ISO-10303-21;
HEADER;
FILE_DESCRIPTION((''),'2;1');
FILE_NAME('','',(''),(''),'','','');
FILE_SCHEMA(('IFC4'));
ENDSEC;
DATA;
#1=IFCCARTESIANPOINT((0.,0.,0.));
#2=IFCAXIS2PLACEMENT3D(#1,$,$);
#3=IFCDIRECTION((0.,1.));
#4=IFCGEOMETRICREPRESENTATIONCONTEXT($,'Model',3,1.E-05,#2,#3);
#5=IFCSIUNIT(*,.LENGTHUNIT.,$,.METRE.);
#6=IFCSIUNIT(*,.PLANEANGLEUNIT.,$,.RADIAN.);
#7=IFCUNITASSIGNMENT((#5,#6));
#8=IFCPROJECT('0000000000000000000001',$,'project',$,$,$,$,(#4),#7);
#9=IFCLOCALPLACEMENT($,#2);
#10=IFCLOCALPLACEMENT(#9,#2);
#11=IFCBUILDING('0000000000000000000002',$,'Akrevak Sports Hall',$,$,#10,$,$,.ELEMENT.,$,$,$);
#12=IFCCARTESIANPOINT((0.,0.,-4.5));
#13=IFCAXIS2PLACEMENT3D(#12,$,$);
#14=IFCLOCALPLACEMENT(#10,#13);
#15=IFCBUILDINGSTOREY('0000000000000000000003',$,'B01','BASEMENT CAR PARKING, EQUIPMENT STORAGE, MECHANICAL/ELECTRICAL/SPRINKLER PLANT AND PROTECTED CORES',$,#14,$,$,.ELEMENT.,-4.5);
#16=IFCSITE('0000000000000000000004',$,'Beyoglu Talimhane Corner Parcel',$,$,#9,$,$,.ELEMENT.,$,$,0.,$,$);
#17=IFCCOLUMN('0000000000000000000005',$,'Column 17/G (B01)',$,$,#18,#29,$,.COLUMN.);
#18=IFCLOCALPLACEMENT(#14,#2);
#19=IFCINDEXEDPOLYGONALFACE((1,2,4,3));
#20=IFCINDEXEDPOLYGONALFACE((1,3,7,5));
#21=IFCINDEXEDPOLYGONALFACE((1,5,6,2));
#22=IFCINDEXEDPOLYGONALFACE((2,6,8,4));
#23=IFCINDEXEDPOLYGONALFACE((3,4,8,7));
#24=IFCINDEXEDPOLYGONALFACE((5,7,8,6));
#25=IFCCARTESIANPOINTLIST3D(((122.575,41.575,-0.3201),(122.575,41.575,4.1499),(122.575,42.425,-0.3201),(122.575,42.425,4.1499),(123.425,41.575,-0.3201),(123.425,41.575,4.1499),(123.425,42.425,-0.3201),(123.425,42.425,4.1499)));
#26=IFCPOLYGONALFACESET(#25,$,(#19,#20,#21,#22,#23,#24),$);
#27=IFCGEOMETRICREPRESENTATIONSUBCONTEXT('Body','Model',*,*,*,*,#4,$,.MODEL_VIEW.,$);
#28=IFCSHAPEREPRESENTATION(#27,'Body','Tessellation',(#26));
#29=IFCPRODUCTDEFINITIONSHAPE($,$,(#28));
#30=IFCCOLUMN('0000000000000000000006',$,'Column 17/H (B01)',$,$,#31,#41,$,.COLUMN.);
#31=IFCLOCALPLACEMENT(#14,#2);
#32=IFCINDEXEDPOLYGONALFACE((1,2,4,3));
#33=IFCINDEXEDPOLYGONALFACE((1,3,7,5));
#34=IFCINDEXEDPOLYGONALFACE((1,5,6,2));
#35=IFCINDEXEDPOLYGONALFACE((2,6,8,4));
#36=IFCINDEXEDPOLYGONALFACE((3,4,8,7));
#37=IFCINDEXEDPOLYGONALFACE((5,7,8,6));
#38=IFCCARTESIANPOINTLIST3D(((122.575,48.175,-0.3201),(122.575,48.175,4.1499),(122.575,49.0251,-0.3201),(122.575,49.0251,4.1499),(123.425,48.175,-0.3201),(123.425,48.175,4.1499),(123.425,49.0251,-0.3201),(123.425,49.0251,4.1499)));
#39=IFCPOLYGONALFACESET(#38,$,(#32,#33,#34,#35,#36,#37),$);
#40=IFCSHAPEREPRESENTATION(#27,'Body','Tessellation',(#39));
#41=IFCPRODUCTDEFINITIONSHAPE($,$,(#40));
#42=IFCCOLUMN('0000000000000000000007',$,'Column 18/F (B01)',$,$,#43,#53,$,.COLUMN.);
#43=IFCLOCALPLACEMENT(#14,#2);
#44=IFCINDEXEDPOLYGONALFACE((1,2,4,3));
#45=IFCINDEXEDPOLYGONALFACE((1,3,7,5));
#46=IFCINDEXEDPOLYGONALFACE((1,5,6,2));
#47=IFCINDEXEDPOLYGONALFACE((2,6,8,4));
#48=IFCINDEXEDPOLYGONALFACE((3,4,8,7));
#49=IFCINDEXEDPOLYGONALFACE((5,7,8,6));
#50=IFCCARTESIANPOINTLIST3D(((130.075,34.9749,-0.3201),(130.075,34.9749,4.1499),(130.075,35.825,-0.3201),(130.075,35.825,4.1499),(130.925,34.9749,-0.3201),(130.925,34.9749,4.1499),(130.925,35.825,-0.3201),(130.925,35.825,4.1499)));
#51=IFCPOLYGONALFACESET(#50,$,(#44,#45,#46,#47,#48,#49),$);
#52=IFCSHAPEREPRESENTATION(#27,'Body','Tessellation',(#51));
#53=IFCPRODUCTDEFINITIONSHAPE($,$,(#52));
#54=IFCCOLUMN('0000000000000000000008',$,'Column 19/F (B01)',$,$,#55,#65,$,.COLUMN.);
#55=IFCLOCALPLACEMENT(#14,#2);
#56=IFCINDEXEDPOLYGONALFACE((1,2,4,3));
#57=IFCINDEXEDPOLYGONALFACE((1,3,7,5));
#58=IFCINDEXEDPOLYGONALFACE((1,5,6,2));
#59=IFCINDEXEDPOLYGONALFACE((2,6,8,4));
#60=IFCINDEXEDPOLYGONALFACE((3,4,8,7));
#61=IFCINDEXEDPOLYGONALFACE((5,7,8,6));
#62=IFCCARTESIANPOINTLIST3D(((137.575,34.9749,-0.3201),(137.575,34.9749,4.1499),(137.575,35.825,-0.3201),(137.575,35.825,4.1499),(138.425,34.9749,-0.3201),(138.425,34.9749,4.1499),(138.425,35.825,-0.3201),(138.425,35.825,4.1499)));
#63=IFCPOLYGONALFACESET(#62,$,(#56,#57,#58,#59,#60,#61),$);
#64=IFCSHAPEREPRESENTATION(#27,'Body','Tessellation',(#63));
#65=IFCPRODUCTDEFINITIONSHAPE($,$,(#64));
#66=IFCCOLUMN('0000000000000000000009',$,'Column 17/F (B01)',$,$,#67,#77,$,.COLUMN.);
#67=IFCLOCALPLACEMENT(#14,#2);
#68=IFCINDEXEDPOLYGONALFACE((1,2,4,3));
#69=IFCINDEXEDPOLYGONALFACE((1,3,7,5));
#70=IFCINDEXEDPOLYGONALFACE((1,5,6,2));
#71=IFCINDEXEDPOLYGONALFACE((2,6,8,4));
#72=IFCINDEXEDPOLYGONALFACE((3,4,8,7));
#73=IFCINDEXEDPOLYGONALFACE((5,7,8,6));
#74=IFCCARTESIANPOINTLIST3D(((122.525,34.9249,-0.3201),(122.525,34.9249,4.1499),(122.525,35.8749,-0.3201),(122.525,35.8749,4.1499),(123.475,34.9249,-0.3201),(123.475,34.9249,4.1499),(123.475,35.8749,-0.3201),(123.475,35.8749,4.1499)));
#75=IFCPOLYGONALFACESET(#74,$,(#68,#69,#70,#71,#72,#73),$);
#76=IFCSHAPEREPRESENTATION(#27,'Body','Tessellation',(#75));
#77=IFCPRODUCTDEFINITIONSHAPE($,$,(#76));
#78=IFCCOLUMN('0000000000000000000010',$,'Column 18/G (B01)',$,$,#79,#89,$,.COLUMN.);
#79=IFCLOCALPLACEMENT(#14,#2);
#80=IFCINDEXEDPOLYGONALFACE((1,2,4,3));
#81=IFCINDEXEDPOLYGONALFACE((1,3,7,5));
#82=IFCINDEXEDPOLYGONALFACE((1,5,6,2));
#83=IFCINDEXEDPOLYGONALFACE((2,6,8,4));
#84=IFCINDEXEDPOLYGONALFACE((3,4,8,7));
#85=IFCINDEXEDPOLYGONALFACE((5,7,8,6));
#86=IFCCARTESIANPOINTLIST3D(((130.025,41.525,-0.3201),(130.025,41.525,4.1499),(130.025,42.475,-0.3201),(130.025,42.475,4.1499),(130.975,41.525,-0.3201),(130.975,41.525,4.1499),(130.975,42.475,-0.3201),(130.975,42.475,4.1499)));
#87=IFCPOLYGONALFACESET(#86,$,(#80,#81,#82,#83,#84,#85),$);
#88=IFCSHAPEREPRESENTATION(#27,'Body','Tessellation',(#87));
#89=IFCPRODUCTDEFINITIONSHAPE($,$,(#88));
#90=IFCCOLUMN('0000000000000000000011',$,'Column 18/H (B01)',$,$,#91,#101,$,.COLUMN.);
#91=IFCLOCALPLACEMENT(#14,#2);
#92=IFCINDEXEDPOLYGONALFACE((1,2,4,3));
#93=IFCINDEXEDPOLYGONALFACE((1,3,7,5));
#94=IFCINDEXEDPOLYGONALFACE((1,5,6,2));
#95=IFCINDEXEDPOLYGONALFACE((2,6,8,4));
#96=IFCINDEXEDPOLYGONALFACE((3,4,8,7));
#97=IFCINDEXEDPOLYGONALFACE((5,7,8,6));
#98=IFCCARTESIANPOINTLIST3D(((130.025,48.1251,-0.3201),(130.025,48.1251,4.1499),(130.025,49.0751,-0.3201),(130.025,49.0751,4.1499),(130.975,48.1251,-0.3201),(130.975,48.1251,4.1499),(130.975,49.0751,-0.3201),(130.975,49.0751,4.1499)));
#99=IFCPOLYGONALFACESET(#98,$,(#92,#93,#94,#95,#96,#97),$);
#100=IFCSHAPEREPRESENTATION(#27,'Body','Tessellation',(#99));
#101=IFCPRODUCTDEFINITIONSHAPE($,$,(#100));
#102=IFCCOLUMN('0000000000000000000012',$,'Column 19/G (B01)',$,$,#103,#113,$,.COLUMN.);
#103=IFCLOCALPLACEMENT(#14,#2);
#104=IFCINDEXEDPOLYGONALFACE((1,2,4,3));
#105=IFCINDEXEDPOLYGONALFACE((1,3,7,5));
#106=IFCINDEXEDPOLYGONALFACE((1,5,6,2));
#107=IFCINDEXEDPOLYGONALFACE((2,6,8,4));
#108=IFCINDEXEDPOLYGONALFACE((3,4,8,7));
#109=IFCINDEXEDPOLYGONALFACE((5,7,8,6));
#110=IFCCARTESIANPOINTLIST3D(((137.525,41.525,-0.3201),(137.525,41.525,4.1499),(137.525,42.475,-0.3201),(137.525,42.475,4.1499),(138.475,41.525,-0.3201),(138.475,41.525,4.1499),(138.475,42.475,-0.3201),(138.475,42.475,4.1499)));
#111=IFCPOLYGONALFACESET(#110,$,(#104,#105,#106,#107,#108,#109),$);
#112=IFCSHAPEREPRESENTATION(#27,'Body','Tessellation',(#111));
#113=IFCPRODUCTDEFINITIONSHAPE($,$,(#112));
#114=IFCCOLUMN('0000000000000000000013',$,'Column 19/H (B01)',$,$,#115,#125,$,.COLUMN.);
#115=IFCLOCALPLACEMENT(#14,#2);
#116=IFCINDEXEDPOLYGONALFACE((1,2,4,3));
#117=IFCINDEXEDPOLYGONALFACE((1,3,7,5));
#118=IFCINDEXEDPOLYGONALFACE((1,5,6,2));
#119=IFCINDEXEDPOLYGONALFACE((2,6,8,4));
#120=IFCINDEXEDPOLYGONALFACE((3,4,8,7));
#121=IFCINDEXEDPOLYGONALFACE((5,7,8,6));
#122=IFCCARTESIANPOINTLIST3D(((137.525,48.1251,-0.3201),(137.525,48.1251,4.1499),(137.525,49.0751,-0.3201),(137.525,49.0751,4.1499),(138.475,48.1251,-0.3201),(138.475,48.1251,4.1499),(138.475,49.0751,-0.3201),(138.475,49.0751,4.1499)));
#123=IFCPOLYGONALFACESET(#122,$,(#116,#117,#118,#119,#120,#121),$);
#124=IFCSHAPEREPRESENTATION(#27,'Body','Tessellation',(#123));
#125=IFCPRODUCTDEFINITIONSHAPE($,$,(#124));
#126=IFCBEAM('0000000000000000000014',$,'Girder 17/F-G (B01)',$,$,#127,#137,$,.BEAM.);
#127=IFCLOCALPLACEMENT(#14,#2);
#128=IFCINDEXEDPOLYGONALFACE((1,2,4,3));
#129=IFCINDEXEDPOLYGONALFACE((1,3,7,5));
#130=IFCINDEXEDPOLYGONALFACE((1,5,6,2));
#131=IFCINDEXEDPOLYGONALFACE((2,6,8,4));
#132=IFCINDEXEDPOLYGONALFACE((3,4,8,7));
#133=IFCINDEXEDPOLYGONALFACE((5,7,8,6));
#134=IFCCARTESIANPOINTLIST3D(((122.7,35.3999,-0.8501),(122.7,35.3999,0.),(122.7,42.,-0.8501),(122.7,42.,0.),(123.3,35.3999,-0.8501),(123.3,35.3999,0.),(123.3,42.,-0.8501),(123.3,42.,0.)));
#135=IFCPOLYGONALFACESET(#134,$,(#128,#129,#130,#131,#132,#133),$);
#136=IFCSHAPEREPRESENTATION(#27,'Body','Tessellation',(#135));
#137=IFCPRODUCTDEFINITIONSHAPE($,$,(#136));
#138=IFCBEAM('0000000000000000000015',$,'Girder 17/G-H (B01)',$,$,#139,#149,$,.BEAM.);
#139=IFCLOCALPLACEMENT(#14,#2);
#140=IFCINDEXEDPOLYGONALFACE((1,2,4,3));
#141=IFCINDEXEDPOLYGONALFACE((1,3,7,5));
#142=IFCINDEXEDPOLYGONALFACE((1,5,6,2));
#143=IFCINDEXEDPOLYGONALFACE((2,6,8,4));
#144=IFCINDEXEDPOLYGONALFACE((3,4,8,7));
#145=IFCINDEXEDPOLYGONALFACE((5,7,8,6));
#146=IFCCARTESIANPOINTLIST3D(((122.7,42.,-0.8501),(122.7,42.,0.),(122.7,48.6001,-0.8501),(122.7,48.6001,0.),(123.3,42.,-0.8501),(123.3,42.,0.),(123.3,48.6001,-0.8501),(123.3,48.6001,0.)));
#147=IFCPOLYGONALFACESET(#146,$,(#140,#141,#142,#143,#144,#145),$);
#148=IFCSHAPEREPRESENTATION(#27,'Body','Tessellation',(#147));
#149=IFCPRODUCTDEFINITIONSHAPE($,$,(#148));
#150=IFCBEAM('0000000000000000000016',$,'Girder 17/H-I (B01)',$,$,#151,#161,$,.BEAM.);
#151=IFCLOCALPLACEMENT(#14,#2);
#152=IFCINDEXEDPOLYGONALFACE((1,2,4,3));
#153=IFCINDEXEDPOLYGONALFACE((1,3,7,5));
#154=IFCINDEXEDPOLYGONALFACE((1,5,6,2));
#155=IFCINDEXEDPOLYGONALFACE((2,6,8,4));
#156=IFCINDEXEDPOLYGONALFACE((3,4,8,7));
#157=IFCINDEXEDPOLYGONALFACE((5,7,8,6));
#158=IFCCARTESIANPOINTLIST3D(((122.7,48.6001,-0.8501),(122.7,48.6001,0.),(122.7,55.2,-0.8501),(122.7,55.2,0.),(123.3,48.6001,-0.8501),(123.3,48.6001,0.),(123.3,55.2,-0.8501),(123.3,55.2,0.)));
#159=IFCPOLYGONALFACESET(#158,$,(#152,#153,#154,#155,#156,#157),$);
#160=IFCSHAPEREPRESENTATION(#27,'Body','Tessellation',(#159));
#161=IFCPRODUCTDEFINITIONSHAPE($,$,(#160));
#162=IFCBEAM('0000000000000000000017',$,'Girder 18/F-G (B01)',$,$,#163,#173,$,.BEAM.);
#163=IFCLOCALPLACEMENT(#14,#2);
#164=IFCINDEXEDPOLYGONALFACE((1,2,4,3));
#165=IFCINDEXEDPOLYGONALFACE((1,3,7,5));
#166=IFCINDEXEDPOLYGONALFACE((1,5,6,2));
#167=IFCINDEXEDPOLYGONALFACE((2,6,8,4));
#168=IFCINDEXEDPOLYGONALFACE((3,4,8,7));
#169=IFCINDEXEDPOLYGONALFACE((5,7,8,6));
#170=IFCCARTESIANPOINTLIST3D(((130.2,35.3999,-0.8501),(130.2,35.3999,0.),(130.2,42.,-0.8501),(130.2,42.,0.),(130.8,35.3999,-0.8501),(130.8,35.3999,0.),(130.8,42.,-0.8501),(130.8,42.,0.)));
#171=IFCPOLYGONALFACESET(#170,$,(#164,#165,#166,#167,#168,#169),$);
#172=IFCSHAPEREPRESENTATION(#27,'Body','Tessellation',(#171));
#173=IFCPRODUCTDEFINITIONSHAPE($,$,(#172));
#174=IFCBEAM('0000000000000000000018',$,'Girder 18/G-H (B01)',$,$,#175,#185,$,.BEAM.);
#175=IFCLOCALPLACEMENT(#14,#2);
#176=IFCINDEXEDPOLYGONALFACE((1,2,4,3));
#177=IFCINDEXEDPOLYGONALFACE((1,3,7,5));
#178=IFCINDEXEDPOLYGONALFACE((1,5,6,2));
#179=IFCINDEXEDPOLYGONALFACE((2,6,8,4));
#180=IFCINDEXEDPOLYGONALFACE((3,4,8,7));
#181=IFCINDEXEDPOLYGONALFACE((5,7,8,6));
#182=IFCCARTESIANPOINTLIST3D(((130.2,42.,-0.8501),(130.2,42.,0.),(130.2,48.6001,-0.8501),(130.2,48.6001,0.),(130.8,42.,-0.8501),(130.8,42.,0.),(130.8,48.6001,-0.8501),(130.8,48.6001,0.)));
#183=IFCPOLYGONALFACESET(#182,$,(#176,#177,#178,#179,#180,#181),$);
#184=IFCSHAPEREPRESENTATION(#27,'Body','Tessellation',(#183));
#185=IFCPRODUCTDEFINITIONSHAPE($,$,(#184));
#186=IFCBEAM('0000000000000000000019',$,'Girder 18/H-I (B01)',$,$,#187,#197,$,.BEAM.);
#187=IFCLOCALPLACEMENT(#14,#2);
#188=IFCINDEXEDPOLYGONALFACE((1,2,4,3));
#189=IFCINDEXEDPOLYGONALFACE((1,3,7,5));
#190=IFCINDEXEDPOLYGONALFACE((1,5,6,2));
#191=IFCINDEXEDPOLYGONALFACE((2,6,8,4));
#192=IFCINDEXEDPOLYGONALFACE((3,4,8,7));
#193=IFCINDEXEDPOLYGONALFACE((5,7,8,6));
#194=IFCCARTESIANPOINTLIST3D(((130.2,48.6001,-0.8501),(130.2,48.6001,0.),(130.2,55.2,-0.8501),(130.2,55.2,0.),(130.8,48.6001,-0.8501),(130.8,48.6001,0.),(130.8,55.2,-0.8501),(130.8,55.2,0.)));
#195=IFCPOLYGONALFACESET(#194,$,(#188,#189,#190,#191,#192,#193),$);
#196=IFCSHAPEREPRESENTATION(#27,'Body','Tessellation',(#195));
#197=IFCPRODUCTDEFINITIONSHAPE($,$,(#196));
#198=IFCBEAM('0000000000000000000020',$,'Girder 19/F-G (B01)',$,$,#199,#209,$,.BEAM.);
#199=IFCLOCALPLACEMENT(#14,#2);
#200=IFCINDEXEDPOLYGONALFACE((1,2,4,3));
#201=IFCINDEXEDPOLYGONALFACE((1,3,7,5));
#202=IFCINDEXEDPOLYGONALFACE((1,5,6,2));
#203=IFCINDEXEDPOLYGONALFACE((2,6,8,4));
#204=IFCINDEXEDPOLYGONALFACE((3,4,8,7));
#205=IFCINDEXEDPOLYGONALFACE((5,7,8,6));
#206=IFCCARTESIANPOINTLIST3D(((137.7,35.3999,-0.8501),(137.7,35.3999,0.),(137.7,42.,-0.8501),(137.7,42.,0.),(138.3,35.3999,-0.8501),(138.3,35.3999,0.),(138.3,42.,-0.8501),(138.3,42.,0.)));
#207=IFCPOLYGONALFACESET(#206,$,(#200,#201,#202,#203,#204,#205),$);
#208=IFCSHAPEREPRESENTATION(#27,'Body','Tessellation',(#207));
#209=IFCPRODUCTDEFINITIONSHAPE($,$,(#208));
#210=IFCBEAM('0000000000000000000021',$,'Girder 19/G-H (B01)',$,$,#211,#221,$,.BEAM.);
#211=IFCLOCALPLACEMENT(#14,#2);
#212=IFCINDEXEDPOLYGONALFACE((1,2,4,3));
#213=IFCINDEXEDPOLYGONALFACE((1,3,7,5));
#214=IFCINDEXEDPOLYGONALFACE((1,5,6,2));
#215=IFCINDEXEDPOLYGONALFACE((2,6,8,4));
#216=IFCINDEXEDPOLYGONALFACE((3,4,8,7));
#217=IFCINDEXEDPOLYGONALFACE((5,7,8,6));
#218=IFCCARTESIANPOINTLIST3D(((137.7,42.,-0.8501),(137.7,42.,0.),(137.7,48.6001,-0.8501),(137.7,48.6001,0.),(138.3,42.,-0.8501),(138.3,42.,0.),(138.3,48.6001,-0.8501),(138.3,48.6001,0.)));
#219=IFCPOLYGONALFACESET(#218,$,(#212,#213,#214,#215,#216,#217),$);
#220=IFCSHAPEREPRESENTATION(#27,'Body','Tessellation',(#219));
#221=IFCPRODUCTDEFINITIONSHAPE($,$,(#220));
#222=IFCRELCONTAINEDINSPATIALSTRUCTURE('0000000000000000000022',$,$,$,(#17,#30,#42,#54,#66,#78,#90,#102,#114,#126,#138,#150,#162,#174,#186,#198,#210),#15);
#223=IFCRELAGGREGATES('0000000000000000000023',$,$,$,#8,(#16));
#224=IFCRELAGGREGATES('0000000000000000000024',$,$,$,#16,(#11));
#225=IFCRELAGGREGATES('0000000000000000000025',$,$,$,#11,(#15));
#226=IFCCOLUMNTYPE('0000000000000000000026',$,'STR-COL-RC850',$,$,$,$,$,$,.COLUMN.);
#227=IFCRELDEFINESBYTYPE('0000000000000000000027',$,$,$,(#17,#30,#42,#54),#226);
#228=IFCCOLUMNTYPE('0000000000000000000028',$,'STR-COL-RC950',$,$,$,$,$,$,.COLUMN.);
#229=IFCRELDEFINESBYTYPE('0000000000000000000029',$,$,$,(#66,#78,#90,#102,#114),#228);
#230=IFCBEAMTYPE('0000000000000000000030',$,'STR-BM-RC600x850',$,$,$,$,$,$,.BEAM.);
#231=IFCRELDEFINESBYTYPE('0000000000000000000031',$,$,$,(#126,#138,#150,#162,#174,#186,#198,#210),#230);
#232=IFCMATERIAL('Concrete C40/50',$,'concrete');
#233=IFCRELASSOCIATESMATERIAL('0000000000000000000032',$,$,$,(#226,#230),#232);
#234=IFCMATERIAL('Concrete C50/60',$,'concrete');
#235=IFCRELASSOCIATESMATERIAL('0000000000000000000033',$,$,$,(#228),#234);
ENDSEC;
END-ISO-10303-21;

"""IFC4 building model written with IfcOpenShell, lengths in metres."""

from ifc_helpers import new_model, si_unit, direction, frame, origin, origin_2d, place, context, subcontext, project, spatial, rectangle, extrude, material, material_profile, profile_set, type_object, element, save


model = new_model("IFC4")

# Units and contexts
model_context = context("Model", 3, precision=1e-05, world=origin(), true_north=direction((0.0, 1.0)))
body_context = subcontext(model_context, "Body", "Model", "MODEL_VIEW")
ifc_project = project(units=[si_unit("LENGTHUNIT", "METRE"), si_unit("PLANEANGLEUNIT", "RADIAN")], contexts=[model_context])

# Site, building, storey
site_placement = place(None, origin())
site = spatial("IfcSite", under=ifc_project, at=site_placement, Name="Beyoglu Talimhane Corner Parcel", CompositionType="ELEMENT", RefElevation=0.0)
building_placement = place(site_placement, origin())
building = spatial("IfcBuilding", under=site, at=building_placement, Name="Akrevak Sports Hall", CompositionType="ELEMENT")
storey_placement = place(building_placement, frame((0.0, 0.0, -4.5)))
storey = spatial("IfcBuildingStorey", under=building, at=storey_placement, Name="B01", Description="BASEMENT CAR PARKING, EQUIPMENT STORAGE, MECHANICAL/ELECTRICAL/SPRINKLER PLANT AND PROTECTED CORES", CompositionType="ELEMENT", Elevation=-4.5)

# Columns
ifc_material_1 = material(Name="Concrete C40/50", Category="concrete")
ifc_material_profile_1 = material_profile(ifc_material_1, rectangle(XDim=0.8501, YDim=0.8501, at=origin_2d()), Name="RC 850x850", Category="concrete")
ifc_profile_set_1 = profile_set([ifc_material_profile_1], Name="Concrete C40/50")
column_type_1 = type_object("IfcColumnType", Name="STR-COL-RC850", PredefinedType="COLUMN", material=ifc_profile_set_1)
for number, where, z_axis, x_axis, name in (
    (1, (123.0, 42.0, -0.3201), (0.0, 0.0, 1.0), (1.0, 0.0, 0.0), "Column 17/G (B01)"),
    (2, (123.0, 48.6001, -0.3201), (0.0, 0.0, 1.0), (1.0, 0.0, 0.0), "Column 17/H (B01)"),
    (3, (130.5, 35.3999, -0.3201), (0.0, 0.0, 1.0), (1.0, 0.0, 0.0), "Column 18/F (B01)"),
    (4, (138.0, 35.3999, -0.3201), (0.0, 0.0, 1.0), (1.0, 0.0, 0.0), "Column 19/F (B01)"),
):
    element("IfcColumn", number, at=place(storey_placement, frame(where, z_axis=z_axis, x_axis=x_axis)), inside=storey, type_object=column_type_1, Name=name, PredefinedType="COLUMN", context=body_context, shape_type="SweptSolid", body=[
        extrude(rectangle(XDim=0.8501, YDim=0.8501, at=origin_2d()), origin(), (0.0, 0.0, 1.0), 4.47),
    ])
ifc_material_2 = material(Name="Concrete C50/60", Category="concrete")
ifc_material_profile_2 = material_profile(ifc_material_2, rectangle(XDim=0.95, YDim=0.95, at=origin_2d()), Name="RC 950x950", Category="concrete")
ifc_profile_set_2 = profile_set([ifc_material_profile_2], Name="Concrete C50/60")
column_type_2 = type_object("IfcColumnType", Name="STR-COL-RC950", PredefinedType="COLUMN", material=ifc_profile_set_2)
for number, where, z_axis, x_axis, name in (
    (5, (123.0, 35.3999, -0.3201), (0.0, 0.0, 1.0), (1.0, 0.0, 0.0), "Column 17/F (B01)"),
    (6, (130.5, 42.0, -0.3201), (0.0, 0.0, 1.0), (1.0, 0.0, 0.0), "Column 18/G (B01)"),
    (7, (130.5, 48.6001, -0.3201), (0.0, 0.0, 1.0), (1.0, 0.0, 0.0), "Column 18/H (B01)"),
    (8, (138.0, 42.0, -0.3201), (0.0, 0.0, 1.0), (1.0, 0.0, 0.0), "Column 19/G (B01)"),
    (9, (138.0, 48.6001, -0.3201), (0.0, 0.0, 1.0), (1.0, 0.0, 0.0), "Column 19/H (B01)"),
):
    element("IfcColumn", number, at=place(storey_placement, frame(where, z_axis=z_axis, x_axis=x_axis)), inside=storey, type_object=column_type_2, Name=name, PredefinedType="COLUMN", context=body_context, shape_type="SweptSolid", body=[
        extrude(rectangle(XDim=0.95, YDim=0.95, at=origin_2d()), origin(), (0.0, 0.0, 1.0), 4.47),
    ])

# Beams
ifc_material_profile_3 = material_profile(ifc_material_1, rectangle(XDim=0.6001, YDim=0.8501, at=origin_2d()), Name="BM 600x850", Category="concrete")
ifc_profile_set_3 = profile_set([ifc_material_profile_3], Name="Concrete C40/50")
beam_type_1 = type_object("IfcBeamType", Name="STR-BM-RC600x850", PredefinedType="BEAM", material=ifc_profile_set_3)
for number, where, z_axis, x_axis, name in (
    (10, (123.0, 35.3999, -0.425), (0.0, 1.0, 0.0), (-1.0, 0.0, 0.0), "Girder 17/F-G (B01)"),
    (11, (123.0, 42.0, -0.425), (0.0, 1.0, 0.0), (-1.0, 0.0, 0.0), "Girder 17/G-H (B01)"),
):
    element("IfcBeam", number, at=place(storey_placement, frame(where, z_axis=z_axis, x_axis=x_axis)), inside=storey, type_object=beam_type_1, Name=name, PredefinedType="BEAM", context=body_context, shape_type="SweptSolid", body=[
        extrude(rectangle(XDim=0.6001, YDim=0.8501, at=origin_2d()), origin(), (0.0, 0.0, 1.0), 6.6001),
    ])
beam_1_placement = place(storey_placement, frame((123.0, 48.6001, -0.425), z_axis=(0.0, 1.0, 0.0), x_axis=(-1.0, 0.0, 0.0)))
element("IfcBeam", 12, at=beam_1_placement, inside=storey, type_object=beam_type_1, Name="Girder 17/H-I (B01)", PredefinedType="BEAM", context=body_context, shape_type="SweptSolid", body=[
    extrude(rectangle(XDim=0.6001, YDim=0.8501, at=origin_2d()), origin(), (0.0, 0.0, 1.0), 6.5999),
])
for number, where, z_axis, x_axis, name in (
    (13, (130.5, 35.3999, -0.425), (0.0, 1.0, 0.0), (-1.0, 0.0, 0.0), "Girder 18/F-G (B01)"),
    (14, (130.5, 42.0, -0.425), (0.0, 1.0, 0.0), (-1.0, 0.0, 0.0), "Girder 18/G-H (B01)"),
):
    element("IfcBeam", number, at=place(storey_placement, frame(where, z_axis=z_axis, x_axis=x_axis)), inside=storey, type_object=beam_type_1, Name=name, PredefinedType="BEAM", context=body_context, shape_type="SweptSolid", body=[
        extrude(rectangle(XDim=0.6001, YDim=0.8501, at=origin_2d()), origin(), (0.0, 0.0, 1.0), 6.6001),
    ])
beam_2_placement = place(storey_placement, frame((130.5, 48.6001, -0.425), z_axis=(0.0, 1.0, 0.0), x_axis=(-1.0, 0.0, 0.0)))
element("IfcBeam", 15, at=beam_2_placement, inside=storey, type_object=beam_type_1, Name="Girder 18/H-I (B01)", PredefinedType="BEAM", context=body_context, shape_type="SweptSolid", body=[
    extrude(rectangle(XDim=0.6001, YDim=0.8501, at=origin_2d()), origin(), (0.0, 0.0, 1.0), 6.5999),
])
for number, where, z_axis, x_axis, name in (
    (16, (138.0, 35.3999, -0.425), (0.0, 1.0, 0.0), (-1.0, 0.0, 0.0), "Girder 19/F-G (B01)"),
    (17, (138.0, 42.0, -0.425), (0.0, 1.0, 0.0), (-1.0, 0.0, 0.0), "Girder 19/G-H (B01)"),
):
    element("IfcBeam", number, at=place(storey_placement, frame(where, z_axis=z_axis, x_axis=x_axis)), inside=storey, type_object=beam_type_1, Name=name, PredefinedType="BEAM", context=body_context, shape_type="SweptSolid", body=[
        extrude(rectangle(XDim=0.6001, YDim=0.8501, at=origin_2d()), origin(), (0.0, 0.0, 1.0), 6.6001),
    ])

save(model, "model.ifc")
